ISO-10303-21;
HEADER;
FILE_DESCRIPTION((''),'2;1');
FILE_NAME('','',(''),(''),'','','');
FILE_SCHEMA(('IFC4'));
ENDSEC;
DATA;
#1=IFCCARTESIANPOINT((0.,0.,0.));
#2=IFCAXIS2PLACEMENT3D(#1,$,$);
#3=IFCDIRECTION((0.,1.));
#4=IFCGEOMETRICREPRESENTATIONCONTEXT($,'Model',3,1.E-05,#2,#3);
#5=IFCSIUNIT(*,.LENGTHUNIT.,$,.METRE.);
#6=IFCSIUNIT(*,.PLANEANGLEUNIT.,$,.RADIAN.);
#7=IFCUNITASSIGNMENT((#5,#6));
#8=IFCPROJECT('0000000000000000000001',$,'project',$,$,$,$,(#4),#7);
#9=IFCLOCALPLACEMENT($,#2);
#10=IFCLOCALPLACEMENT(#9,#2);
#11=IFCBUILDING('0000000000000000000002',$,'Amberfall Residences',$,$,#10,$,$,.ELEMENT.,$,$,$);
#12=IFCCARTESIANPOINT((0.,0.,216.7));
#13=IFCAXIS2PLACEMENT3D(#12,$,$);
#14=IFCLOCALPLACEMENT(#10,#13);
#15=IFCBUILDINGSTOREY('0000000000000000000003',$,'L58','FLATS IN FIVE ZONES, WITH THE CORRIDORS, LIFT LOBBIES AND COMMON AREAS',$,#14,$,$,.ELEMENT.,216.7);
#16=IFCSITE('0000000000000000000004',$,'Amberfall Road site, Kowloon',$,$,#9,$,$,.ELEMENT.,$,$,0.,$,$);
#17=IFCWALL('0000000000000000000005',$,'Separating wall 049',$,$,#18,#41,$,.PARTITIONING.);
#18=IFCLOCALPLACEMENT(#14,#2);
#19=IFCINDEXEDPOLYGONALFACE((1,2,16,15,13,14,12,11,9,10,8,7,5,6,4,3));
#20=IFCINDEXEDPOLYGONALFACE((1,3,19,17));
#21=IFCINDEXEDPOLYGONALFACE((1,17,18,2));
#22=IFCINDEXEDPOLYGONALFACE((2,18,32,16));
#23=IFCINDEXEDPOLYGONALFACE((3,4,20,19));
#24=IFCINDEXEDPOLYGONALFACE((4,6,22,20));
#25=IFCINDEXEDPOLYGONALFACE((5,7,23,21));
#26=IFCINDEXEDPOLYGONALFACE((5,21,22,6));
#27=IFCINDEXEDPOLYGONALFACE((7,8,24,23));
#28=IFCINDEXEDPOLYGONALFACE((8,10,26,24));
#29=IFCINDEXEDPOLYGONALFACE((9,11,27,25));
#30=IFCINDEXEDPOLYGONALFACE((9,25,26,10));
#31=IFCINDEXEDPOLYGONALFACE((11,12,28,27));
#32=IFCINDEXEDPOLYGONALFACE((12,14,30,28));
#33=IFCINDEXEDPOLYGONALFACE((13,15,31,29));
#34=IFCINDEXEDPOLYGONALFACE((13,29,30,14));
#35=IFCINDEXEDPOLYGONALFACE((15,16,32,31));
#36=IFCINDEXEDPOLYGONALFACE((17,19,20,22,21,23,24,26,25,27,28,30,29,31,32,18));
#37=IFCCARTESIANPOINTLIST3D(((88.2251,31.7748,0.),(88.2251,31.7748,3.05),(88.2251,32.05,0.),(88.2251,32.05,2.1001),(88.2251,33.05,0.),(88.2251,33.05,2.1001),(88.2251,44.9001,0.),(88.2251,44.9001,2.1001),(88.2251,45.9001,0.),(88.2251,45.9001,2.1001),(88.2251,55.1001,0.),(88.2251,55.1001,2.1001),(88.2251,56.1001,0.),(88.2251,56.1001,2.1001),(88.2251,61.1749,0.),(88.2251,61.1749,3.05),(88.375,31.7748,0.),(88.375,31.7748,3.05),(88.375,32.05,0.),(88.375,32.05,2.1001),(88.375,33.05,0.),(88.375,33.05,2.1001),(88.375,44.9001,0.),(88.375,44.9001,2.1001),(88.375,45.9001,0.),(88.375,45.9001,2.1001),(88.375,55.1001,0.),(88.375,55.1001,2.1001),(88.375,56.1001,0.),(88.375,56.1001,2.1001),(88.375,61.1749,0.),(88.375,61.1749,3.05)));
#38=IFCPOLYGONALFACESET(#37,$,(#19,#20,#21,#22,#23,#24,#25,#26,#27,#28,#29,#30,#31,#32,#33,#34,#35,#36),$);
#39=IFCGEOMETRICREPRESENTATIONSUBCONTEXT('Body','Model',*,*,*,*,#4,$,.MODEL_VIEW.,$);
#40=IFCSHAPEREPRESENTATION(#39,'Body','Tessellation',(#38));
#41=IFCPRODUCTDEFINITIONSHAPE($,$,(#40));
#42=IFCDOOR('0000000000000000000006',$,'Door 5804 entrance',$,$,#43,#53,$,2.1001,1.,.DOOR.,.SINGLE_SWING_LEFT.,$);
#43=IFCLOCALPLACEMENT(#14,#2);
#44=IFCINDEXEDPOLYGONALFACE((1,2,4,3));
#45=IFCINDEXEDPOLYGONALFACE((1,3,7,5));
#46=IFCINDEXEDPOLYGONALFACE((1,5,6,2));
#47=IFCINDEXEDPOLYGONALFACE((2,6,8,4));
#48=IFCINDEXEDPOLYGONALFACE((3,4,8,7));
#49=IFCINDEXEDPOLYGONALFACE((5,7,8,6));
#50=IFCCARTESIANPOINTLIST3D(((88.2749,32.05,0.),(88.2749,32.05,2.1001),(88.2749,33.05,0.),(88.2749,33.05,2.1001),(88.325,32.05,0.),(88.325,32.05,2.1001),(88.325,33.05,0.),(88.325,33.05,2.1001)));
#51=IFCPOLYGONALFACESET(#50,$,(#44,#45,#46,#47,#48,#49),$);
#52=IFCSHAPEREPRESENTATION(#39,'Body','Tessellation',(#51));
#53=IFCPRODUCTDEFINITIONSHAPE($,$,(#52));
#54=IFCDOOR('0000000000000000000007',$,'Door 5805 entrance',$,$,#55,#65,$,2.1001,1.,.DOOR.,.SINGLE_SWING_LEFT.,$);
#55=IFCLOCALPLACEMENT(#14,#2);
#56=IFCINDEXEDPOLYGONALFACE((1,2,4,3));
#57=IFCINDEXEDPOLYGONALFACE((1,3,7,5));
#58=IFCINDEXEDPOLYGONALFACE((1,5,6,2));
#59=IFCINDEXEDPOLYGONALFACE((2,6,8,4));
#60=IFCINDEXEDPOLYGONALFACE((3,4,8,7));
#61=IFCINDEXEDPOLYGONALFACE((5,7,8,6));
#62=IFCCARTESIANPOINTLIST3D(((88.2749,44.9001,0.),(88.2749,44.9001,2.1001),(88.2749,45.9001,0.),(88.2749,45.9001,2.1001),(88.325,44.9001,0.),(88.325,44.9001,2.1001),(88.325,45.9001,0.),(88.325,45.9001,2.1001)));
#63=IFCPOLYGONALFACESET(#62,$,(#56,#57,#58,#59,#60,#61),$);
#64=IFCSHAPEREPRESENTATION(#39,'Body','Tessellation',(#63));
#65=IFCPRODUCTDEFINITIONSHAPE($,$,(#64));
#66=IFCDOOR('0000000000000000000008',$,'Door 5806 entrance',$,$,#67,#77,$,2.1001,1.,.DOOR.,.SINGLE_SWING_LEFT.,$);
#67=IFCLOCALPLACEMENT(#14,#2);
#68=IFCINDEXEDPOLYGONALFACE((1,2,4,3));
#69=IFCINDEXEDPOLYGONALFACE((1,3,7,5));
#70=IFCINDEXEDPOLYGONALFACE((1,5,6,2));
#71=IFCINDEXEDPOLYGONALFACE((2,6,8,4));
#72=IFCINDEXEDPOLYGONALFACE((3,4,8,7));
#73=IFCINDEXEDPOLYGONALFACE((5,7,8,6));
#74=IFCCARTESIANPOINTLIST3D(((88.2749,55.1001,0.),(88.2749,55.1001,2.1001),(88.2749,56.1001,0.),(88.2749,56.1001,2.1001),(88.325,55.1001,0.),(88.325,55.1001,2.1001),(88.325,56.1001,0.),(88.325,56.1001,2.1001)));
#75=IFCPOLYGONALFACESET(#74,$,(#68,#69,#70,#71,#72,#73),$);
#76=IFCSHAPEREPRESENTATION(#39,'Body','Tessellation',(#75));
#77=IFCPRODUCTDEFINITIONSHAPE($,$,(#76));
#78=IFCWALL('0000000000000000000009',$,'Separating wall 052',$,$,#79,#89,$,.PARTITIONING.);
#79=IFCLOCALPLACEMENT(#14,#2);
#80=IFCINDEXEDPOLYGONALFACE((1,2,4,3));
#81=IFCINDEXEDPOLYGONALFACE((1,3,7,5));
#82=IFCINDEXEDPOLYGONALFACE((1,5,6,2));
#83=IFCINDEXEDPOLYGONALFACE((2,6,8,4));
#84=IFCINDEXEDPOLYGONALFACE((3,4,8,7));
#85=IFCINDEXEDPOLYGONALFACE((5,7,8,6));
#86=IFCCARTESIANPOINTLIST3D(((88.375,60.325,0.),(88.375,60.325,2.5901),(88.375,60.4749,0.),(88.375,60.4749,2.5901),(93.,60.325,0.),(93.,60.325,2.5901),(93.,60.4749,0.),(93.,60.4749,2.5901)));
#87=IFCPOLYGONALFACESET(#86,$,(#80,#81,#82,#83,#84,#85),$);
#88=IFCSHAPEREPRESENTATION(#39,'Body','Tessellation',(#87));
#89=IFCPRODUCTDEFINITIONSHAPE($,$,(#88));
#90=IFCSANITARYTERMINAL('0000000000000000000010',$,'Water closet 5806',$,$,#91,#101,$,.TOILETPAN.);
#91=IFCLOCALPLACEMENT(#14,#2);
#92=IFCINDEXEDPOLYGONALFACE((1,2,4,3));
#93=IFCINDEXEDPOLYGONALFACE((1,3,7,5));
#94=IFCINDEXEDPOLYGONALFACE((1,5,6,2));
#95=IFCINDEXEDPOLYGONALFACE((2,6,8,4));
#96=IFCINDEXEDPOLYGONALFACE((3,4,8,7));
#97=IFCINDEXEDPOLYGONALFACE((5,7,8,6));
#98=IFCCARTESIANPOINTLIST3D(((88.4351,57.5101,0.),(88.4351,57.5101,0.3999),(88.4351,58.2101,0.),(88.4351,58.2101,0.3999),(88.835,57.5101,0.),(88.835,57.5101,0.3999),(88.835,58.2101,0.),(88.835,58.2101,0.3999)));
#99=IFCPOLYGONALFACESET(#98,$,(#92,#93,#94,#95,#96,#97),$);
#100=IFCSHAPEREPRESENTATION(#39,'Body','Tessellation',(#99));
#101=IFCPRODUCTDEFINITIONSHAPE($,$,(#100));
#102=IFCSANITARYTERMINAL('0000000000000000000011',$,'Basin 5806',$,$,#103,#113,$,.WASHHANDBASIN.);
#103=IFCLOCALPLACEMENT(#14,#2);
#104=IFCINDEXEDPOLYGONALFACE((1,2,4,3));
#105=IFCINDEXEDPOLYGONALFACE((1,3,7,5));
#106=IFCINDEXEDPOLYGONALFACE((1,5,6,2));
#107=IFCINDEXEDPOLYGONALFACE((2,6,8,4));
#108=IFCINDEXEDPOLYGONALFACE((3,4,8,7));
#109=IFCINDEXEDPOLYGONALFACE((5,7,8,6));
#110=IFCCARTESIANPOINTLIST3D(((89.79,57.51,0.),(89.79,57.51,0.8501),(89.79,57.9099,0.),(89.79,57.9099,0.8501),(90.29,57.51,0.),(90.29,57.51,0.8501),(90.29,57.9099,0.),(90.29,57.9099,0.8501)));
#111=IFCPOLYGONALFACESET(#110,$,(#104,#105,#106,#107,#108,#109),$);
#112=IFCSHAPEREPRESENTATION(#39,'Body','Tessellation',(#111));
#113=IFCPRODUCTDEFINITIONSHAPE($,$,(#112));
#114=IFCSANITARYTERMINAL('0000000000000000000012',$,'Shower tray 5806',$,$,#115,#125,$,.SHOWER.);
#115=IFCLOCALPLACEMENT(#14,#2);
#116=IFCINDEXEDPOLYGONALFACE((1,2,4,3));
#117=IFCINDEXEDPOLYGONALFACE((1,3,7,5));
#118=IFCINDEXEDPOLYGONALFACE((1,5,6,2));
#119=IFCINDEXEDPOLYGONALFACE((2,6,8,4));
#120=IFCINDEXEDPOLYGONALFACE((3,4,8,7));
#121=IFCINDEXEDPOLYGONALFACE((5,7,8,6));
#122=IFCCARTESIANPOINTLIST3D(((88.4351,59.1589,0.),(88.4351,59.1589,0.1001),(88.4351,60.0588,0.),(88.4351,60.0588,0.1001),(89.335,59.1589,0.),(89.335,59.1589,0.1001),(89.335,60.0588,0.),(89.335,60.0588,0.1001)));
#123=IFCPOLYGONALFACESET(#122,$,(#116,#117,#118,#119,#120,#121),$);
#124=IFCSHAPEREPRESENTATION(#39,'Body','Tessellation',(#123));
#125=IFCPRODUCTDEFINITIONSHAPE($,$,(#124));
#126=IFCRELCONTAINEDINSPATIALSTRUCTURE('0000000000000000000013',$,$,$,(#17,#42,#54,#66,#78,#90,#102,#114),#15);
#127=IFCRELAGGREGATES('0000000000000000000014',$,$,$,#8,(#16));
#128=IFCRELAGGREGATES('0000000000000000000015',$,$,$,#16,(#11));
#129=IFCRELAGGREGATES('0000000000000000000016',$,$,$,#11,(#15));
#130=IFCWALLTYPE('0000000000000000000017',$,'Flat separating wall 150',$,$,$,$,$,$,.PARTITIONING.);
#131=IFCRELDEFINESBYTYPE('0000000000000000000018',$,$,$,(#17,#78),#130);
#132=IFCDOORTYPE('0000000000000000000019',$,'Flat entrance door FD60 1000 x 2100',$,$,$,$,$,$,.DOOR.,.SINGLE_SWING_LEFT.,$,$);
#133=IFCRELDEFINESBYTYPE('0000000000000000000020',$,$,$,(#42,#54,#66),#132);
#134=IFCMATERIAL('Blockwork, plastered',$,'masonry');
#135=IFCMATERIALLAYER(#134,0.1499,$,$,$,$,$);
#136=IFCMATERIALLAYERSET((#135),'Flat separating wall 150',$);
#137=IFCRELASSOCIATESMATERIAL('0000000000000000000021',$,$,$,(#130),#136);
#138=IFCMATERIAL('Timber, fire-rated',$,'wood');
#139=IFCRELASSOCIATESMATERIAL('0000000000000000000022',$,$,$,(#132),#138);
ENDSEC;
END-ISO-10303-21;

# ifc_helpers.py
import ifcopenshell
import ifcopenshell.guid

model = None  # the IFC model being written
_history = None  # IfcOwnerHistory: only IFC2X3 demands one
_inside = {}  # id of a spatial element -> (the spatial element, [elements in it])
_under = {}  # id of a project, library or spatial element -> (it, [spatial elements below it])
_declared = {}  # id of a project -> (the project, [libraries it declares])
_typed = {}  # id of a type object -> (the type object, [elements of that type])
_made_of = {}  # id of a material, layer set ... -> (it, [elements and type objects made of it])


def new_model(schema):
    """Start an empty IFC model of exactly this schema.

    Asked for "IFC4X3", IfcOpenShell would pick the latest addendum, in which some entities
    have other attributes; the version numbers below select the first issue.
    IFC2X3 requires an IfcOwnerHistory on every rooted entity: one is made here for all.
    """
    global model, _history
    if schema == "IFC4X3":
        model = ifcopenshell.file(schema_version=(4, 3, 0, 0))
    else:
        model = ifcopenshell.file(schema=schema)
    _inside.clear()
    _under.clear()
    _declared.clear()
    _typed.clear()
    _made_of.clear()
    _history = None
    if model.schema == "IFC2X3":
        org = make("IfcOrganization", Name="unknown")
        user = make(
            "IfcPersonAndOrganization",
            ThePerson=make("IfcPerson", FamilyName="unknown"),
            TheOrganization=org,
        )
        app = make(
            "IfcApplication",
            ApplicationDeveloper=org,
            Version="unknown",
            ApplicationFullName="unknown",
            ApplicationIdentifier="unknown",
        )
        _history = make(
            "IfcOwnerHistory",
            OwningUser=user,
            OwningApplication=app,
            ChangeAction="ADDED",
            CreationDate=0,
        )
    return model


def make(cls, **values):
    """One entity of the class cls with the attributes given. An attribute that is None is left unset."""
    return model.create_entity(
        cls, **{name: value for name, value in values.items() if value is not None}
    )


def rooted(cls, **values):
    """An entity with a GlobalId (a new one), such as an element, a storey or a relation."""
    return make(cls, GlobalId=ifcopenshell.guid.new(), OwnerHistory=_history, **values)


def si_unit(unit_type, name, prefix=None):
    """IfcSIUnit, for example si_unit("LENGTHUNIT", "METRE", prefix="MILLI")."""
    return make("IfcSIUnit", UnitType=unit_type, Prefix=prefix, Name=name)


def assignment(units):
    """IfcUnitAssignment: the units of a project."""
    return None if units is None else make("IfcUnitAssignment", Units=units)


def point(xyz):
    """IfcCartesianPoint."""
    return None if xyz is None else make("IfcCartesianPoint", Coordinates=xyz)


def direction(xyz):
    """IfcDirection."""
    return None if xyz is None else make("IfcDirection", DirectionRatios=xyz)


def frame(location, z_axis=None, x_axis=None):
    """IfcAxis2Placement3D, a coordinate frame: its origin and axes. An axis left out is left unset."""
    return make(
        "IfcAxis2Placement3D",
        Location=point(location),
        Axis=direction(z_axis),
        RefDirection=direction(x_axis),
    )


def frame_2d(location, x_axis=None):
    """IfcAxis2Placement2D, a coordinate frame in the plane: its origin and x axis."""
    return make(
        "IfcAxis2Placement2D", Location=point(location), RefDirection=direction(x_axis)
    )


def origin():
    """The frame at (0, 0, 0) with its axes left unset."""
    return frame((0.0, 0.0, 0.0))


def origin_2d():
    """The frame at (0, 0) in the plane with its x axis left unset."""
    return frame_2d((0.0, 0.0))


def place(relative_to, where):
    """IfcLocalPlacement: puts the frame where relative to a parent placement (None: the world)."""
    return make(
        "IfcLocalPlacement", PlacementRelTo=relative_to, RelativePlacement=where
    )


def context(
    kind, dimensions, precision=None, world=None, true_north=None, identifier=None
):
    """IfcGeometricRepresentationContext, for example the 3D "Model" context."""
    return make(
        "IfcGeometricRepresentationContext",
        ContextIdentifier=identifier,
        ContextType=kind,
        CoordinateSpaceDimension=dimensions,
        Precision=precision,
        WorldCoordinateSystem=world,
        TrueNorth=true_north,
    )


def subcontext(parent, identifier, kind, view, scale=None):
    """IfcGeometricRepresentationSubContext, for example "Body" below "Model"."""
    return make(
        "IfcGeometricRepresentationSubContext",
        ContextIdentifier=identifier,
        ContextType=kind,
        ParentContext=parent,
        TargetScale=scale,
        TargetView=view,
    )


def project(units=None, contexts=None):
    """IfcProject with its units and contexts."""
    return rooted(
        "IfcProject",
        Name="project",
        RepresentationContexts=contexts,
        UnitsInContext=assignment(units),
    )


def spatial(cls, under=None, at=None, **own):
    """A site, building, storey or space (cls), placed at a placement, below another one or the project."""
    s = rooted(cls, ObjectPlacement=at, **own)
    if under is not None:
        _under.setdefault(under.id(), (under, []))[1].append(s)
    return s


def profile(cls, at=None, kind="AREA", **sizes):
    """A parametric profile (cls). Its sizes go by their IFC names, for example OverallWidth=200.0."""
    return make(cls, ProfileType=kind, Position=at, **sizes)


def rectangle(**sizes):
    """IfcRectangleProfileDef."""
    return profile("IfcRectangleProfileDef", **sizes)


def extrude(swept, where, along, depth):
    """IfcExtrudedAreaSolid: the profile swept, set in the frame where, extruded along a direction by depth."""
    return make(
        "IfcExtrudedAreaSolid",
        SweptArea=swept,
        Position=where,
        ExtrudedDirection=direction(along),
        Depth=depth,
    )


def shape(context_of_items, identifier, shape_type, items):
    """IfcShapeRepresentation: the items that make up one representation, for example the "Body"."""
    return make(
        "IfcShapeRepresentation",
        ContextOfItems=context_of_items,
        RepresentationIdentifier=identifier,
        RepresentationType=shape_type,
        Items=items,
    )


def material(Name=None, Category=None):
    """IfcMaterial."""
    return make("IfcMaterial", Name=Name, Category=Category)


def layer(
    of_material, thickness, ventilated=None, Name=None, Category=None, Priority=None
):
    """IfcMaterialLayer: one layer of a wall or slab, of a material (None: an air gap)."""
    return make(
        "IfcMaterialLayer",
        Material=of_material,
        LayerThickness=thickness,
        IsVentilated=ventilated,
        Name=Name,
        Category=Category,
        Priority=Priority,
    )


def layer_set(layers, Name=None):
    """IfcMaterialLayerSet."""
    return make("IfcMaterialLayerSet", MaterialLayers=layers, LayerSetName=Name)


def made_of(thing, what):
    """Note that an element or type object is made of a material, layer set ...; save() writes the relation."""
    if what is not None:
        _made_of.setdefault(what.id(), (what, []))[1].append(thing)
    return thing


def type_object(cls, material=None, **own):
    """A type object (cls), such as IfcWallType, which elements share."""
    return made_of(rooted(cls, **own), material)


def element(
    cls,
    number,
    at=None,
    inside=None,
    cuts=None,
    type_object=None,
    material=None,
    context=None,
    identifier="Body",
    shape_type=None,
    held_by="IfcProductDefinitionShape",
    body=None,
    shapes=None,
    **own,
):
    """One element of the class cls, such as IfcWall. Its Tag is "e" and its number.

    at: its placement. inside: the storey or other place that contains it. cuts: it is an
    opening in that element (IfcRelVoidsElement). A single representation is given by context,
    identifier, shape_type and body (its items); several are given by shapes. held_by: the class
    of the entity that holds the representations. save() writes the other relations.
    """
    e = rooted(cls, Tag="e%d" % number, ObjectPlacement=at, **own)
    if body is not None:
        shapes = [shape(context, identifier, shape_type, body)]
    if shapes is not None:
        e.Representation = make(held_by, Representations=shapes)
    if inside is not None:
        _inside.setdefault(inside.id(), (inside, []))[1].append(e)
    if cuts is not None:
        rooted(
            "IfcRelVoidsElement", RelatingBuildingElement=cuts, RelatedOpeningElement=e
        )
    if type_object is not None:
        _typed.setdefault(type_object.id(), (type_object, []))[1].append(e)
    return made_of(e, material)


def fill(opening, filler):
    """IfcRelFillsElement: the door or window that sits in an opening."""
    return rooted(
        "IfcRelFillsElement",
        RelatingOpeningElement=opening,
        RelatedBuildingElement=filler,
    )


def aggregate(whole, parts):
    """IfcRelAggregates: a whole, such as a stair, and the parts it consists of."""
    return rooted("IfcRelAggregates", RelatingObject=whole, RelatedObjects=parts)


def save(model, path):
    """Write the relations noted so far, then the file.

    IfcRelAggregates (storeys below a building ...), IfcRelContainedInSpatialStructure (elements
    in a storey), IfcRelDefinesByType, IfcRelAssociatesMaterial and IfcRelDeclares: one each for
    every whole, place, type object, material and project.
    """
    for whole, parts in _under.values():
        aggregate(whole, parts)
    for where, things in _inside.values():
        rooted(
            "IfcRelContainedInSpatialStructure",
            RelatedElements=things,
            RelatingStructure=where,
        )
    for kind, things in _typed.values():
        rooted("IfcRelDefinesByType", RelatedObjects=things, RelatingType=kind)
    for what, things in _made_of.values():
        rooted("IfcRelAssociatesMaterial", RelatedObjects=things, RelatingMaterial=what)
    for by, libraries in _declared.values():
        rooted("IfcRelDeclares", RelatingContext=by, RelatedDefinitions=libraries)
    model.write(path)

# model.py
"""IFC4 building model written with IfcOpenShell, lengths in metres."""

from ifc_helpers import new_model, si_unit, direction, frame, frame_2d, origin, origin_2d, place, context, subcontext, project, spatial, rectangle, extrude, material, layer, layer_set, type_object, element, fill, save


model = new_model("IFC4")

# Units and contexts
model_context = context("Model", 3, precision=1e-05, world=origin(), true_north=direction((0.0, 1.0)))
body_context = subcontext(model_context, "Body", "Model", "MODEL_VIEW")
ifc_project = project(units=[si_unit("LENGTHUNIT", "METRE"), si_unit("PLANEANGLEUNIT", "RADIAN")], contexts=[model_context])

# Site, building, storey
site_placement = place(None, origin())
site = spatial("IfcSite", under=ifc_project, at=site_placement, Name="Amberfall Road site, Kowloon", CompositionType="ELEMENT", RefElevation=0.0)
building_placement = place(site_placement, origin())
building = spatial("IfcBuilding", under=site, at=building_placement, Name="Amberfall Residences", CompositionType="ELEMENT")
storey_placement = place(building_placement, frame((0.0, 0.0, 216.7)))
storey = spatial("IfcBuildingStorey", under=building, at=storey_placement, Name="L58", Description="FLATS IN FIVE ZONES, WITH THE CORRIDORS, LIFT LOBBIES AND COMMON AREAS", CompositionType="ELEMENT", Elevation=216.7)

# Wall, openings, doors
ifc_material_1 = material(Name="Blockwork, plastered", Category="masonry")
ifc_layer_1 = layer(ifc_material_1, 0.1499)
ifc_layer_set_1 = layer_set([ifc_layer_1], Name="Flat separating wall 150")
wall_type_1 = type_object("IfcWallType", Name="Flat separating wall 150", PredefinedType="PARTITIONING", material=ifc_layer_set_1)
wall_1_placement = place(storey_placement, frame((88.3, 61.175, 0.0), z_axis=(0.0, 0.0, 1.0), x_axis=(0.0, -1.0, 0.0)))
wall_1 = element("IfcWall", 1, at=wall_1_placement, inside=storey, type_object=wall_type_1, Name="Separating wall 049", PredefinedType="PARTITIONING", context=body_context, shape_type="SweptSolid", body=[
    extrude(rectangle(XDim=29.4001, YDim=0.1499, at=frame_2d((14.7002, 0.0))), origin(), (0.0, 0.0, 1.0), 3.05),
])
opening_1_placement = place(wall_1_placement, frame((28.125, 0.0, 0.0)))
opening_1 = element("IfcOpeningElement", 2, at=opening_1_placement, cuts=wall_1, PredefinedType="OPENING", context=body_context, shape_type="SweptSolid", body=[
    extrude(rectangle(XDim=1.0, YDim=2.1001, at=frame_2d((0.5, 1.05))), frame((0.0, 0.085, 0.0), z_axis=(0.0, -1.0, 0.0), x_axis=(1.0, 0.0, 0.0)), (0.0, 0.0, 1.0), 0.1699),
])
opening_2_placement = place(wall_1_placement, frame((15.2749, 0.0, 0.0)))
opening_2 = element("IfcOpeningElement", 3, at=opening_2_placement, cuts=wall_1, PredefinedType="OPENING", context=body_context, shape_type="SweptSolid", body=[
    extrude(rectangle(XDim=1.0, YDim=2.1001, at=frame_2d((0.5, 1.05))), frame((0.0, 0.085, 0.0), z_axis=(0.0, -1.0, 0.0), x_axis=(1.0, 0.0, 0.0)), (0.0, 0.0, 1.0), 0.1699),
])
opening_3_placement = place(wall_1_placement, frame((5.075, 0.0, 0.0)))
opening_3 = element("IfcOpeningElement", 4, at=opening_3_placement, cuts=wall_1, PredefinedType="OPENING", context=body_context, shape_type="SweptSolid", body=[
    extrude(rectangle(XDim=1.0, YDim=2.1001, at=frame_2d((0.5, 1.05))), frame((0.0, 0.085, 0.0), z_axis=(0.0, -1.0, 0.0), x_axis=(1.0, 0.0, 0.0)), (0.0, 0.0, 1.0), 0.1699),
])
ifc_material_2 = material(Name="Timber, fire-rated", Category="wood")
door_type_1 = type_object("IfcDoorType", Name="Flat entrance door FD60 1000 x 2100", OperationType="SINGLE_SWING_LEFT", PredefinedType="DOOR", material=ifc_material_2)
door_1_placement = place(opening_1_placement, origin())
door_1 = element("IfcDoor", 5, at=door_1_placement, inside=storey, type_object=door_type_1, Name="Door 5804 entrance", OperationType="SINGLE_SWING_LEFT", OverallHeight=2.1001, OverallWidth=1.0, PredefinedType="DOOR", context=body_context, shape_type="SweptSolid", body=[
    extrude(rectangle(XDim=1.0, YDim=2.1001, at=frame_2d((0.5, 1.05))), frame((0.0, 0.0249, 0.0), z_axis=(0.0, -1.0, 0.0), x_axis=(1.0, 0.0, 0.0)), (0.0, 0.0, 1.0), 0.05),
])
fill(opening_1, door_1)
door_2_placement = place(opening_2_placement, origin())
door_2 = element("IfcDoor", 6, at=door_2_placement, inside=storey, type_object=door_type_1, Name="Door 5805 entrance", OperationType="SINGLE_SWING_LEFT", OverallHeight=2.1001, OverallWidth=1.0, PredefinedType="DOOR", context=body_context, shape_type="SweptSolid", body=[
    extrude(rectangle(XDim=1.0, YDim=2.1001, at=frame_2d((0.5, 1.05))), frame((0.0, 0.0249, 0.0), z_axis=(0.0, -1.0, 0.0), x_axis=(1.0, 0.0, 0.0)), (0.0, 0.0, 1.0), 0.05),
])
fill(opening_2, door_2)
door_3_placement = place(opening_3_placement, origin())
door_3 = element("IfcDoor", 7, at=door_3_placement, inside=storey, type_object=door_type_1, Name="Door 5806 entrance", OperationType="SINGLE_SWING_LEFT", OverallHeight=2.1001, OverallWidth=1.0, PredefinedType="DOOR", context=body_context, shape_type="SweptSolid", body=[
    extrude(rectangle(XDim=1.0, YDim=2.1001, at=frame_2d((0.5, 1.05))), frame((0.0, 0.0249, 0.0), z_axis=(0.0, -1.0, 0.0), x_axis=(1.0, 0.0, 0.0)), (0.0, 0.0, 1.0), 0.05),
])
fill(opening_3, door_3)

# Wall
wall_2_placement = place(storey_placement, frame((88.375, 60.3999, 0.0), z_axis=(0.0, 0.0, 1.0), x_axis=(1.0, 0.0, 0.0)))
element("IfcWall", 8, at=wall_2_placement, inside=storey, type_object=wall_type_1, Name="Separating wall 052", PredefinedType="PARTITIONING", context=body_context, shape_type="SweptSolid", body=[
    extrude(rectangle(XDim=4.625, YDim=0.1499, at=frame_2d((2.3125, 0.0))), origin(), (0.0, 0.0, 1.0), 2.5901),
])

# Sanitary terminals
sanitary_terminal_1_placement = place(storey_placement, frame((88.635, 57.8601, 0.0), z_axis=(0.0, 0.0, 1.0), x_axis=(1.0, 0.0, 0.0)))
element("IfcSanitaryTerminal", 9, at=sanitary_terminal_1_placement, inside=storey, Name="Water closet 5806", PredefinedType="TOILETPAN", context=body_context, shape_type="SweptSolid", body=[
    extrude(rectangle(XDim=0.3999, YDim=0.7, at=origin_2d()), origin(), (0.0, 0.0, 1.0), 0.3999),
])
sanitary_terminal_2_placement = place(storey_placement, frame((90.04, 57.71, 0.0), z_axis=(0.0, 0.0, 1.0), x_axis=(1.0, 0.0, 0.0)))
element("IfcSanitaryTerminal", 10, at=sanitary_terminal_2_placement, inside=storey, Name="Basin 5806", PredefinedType="WASHHANDBASIN", context=body_context, shape_type="SweptSolid", body=[
    extrude(rectangle(XDim=0.5, YDim=0.3999, at=origin_2d()), origin(), (0.0, 0.0, 1.0), 0.8501),
])
sanitary_terminal_3_placement = place(storey_placement, frame((88.885, 59.6089, 0.0), z_axis=(0.0, 0.0, 1.0), x_axis=(1.0, 0.0, 0.0)))
element("IfcSanitaryTerminal", 11, at=sanitary_terminal_3_placement, inside=storey, Name="Shower tray 5806", PredefinedType="SHOWER", context=body_context, shape_type="SweptSolid", body=[
    extrude(rectangle(XDim=0.8999, YDim=0.8999, at=origin_2d()), origin(), (0.0, 0.0, 1.0), 0.1001),
])

save(model, "model.ifc")
